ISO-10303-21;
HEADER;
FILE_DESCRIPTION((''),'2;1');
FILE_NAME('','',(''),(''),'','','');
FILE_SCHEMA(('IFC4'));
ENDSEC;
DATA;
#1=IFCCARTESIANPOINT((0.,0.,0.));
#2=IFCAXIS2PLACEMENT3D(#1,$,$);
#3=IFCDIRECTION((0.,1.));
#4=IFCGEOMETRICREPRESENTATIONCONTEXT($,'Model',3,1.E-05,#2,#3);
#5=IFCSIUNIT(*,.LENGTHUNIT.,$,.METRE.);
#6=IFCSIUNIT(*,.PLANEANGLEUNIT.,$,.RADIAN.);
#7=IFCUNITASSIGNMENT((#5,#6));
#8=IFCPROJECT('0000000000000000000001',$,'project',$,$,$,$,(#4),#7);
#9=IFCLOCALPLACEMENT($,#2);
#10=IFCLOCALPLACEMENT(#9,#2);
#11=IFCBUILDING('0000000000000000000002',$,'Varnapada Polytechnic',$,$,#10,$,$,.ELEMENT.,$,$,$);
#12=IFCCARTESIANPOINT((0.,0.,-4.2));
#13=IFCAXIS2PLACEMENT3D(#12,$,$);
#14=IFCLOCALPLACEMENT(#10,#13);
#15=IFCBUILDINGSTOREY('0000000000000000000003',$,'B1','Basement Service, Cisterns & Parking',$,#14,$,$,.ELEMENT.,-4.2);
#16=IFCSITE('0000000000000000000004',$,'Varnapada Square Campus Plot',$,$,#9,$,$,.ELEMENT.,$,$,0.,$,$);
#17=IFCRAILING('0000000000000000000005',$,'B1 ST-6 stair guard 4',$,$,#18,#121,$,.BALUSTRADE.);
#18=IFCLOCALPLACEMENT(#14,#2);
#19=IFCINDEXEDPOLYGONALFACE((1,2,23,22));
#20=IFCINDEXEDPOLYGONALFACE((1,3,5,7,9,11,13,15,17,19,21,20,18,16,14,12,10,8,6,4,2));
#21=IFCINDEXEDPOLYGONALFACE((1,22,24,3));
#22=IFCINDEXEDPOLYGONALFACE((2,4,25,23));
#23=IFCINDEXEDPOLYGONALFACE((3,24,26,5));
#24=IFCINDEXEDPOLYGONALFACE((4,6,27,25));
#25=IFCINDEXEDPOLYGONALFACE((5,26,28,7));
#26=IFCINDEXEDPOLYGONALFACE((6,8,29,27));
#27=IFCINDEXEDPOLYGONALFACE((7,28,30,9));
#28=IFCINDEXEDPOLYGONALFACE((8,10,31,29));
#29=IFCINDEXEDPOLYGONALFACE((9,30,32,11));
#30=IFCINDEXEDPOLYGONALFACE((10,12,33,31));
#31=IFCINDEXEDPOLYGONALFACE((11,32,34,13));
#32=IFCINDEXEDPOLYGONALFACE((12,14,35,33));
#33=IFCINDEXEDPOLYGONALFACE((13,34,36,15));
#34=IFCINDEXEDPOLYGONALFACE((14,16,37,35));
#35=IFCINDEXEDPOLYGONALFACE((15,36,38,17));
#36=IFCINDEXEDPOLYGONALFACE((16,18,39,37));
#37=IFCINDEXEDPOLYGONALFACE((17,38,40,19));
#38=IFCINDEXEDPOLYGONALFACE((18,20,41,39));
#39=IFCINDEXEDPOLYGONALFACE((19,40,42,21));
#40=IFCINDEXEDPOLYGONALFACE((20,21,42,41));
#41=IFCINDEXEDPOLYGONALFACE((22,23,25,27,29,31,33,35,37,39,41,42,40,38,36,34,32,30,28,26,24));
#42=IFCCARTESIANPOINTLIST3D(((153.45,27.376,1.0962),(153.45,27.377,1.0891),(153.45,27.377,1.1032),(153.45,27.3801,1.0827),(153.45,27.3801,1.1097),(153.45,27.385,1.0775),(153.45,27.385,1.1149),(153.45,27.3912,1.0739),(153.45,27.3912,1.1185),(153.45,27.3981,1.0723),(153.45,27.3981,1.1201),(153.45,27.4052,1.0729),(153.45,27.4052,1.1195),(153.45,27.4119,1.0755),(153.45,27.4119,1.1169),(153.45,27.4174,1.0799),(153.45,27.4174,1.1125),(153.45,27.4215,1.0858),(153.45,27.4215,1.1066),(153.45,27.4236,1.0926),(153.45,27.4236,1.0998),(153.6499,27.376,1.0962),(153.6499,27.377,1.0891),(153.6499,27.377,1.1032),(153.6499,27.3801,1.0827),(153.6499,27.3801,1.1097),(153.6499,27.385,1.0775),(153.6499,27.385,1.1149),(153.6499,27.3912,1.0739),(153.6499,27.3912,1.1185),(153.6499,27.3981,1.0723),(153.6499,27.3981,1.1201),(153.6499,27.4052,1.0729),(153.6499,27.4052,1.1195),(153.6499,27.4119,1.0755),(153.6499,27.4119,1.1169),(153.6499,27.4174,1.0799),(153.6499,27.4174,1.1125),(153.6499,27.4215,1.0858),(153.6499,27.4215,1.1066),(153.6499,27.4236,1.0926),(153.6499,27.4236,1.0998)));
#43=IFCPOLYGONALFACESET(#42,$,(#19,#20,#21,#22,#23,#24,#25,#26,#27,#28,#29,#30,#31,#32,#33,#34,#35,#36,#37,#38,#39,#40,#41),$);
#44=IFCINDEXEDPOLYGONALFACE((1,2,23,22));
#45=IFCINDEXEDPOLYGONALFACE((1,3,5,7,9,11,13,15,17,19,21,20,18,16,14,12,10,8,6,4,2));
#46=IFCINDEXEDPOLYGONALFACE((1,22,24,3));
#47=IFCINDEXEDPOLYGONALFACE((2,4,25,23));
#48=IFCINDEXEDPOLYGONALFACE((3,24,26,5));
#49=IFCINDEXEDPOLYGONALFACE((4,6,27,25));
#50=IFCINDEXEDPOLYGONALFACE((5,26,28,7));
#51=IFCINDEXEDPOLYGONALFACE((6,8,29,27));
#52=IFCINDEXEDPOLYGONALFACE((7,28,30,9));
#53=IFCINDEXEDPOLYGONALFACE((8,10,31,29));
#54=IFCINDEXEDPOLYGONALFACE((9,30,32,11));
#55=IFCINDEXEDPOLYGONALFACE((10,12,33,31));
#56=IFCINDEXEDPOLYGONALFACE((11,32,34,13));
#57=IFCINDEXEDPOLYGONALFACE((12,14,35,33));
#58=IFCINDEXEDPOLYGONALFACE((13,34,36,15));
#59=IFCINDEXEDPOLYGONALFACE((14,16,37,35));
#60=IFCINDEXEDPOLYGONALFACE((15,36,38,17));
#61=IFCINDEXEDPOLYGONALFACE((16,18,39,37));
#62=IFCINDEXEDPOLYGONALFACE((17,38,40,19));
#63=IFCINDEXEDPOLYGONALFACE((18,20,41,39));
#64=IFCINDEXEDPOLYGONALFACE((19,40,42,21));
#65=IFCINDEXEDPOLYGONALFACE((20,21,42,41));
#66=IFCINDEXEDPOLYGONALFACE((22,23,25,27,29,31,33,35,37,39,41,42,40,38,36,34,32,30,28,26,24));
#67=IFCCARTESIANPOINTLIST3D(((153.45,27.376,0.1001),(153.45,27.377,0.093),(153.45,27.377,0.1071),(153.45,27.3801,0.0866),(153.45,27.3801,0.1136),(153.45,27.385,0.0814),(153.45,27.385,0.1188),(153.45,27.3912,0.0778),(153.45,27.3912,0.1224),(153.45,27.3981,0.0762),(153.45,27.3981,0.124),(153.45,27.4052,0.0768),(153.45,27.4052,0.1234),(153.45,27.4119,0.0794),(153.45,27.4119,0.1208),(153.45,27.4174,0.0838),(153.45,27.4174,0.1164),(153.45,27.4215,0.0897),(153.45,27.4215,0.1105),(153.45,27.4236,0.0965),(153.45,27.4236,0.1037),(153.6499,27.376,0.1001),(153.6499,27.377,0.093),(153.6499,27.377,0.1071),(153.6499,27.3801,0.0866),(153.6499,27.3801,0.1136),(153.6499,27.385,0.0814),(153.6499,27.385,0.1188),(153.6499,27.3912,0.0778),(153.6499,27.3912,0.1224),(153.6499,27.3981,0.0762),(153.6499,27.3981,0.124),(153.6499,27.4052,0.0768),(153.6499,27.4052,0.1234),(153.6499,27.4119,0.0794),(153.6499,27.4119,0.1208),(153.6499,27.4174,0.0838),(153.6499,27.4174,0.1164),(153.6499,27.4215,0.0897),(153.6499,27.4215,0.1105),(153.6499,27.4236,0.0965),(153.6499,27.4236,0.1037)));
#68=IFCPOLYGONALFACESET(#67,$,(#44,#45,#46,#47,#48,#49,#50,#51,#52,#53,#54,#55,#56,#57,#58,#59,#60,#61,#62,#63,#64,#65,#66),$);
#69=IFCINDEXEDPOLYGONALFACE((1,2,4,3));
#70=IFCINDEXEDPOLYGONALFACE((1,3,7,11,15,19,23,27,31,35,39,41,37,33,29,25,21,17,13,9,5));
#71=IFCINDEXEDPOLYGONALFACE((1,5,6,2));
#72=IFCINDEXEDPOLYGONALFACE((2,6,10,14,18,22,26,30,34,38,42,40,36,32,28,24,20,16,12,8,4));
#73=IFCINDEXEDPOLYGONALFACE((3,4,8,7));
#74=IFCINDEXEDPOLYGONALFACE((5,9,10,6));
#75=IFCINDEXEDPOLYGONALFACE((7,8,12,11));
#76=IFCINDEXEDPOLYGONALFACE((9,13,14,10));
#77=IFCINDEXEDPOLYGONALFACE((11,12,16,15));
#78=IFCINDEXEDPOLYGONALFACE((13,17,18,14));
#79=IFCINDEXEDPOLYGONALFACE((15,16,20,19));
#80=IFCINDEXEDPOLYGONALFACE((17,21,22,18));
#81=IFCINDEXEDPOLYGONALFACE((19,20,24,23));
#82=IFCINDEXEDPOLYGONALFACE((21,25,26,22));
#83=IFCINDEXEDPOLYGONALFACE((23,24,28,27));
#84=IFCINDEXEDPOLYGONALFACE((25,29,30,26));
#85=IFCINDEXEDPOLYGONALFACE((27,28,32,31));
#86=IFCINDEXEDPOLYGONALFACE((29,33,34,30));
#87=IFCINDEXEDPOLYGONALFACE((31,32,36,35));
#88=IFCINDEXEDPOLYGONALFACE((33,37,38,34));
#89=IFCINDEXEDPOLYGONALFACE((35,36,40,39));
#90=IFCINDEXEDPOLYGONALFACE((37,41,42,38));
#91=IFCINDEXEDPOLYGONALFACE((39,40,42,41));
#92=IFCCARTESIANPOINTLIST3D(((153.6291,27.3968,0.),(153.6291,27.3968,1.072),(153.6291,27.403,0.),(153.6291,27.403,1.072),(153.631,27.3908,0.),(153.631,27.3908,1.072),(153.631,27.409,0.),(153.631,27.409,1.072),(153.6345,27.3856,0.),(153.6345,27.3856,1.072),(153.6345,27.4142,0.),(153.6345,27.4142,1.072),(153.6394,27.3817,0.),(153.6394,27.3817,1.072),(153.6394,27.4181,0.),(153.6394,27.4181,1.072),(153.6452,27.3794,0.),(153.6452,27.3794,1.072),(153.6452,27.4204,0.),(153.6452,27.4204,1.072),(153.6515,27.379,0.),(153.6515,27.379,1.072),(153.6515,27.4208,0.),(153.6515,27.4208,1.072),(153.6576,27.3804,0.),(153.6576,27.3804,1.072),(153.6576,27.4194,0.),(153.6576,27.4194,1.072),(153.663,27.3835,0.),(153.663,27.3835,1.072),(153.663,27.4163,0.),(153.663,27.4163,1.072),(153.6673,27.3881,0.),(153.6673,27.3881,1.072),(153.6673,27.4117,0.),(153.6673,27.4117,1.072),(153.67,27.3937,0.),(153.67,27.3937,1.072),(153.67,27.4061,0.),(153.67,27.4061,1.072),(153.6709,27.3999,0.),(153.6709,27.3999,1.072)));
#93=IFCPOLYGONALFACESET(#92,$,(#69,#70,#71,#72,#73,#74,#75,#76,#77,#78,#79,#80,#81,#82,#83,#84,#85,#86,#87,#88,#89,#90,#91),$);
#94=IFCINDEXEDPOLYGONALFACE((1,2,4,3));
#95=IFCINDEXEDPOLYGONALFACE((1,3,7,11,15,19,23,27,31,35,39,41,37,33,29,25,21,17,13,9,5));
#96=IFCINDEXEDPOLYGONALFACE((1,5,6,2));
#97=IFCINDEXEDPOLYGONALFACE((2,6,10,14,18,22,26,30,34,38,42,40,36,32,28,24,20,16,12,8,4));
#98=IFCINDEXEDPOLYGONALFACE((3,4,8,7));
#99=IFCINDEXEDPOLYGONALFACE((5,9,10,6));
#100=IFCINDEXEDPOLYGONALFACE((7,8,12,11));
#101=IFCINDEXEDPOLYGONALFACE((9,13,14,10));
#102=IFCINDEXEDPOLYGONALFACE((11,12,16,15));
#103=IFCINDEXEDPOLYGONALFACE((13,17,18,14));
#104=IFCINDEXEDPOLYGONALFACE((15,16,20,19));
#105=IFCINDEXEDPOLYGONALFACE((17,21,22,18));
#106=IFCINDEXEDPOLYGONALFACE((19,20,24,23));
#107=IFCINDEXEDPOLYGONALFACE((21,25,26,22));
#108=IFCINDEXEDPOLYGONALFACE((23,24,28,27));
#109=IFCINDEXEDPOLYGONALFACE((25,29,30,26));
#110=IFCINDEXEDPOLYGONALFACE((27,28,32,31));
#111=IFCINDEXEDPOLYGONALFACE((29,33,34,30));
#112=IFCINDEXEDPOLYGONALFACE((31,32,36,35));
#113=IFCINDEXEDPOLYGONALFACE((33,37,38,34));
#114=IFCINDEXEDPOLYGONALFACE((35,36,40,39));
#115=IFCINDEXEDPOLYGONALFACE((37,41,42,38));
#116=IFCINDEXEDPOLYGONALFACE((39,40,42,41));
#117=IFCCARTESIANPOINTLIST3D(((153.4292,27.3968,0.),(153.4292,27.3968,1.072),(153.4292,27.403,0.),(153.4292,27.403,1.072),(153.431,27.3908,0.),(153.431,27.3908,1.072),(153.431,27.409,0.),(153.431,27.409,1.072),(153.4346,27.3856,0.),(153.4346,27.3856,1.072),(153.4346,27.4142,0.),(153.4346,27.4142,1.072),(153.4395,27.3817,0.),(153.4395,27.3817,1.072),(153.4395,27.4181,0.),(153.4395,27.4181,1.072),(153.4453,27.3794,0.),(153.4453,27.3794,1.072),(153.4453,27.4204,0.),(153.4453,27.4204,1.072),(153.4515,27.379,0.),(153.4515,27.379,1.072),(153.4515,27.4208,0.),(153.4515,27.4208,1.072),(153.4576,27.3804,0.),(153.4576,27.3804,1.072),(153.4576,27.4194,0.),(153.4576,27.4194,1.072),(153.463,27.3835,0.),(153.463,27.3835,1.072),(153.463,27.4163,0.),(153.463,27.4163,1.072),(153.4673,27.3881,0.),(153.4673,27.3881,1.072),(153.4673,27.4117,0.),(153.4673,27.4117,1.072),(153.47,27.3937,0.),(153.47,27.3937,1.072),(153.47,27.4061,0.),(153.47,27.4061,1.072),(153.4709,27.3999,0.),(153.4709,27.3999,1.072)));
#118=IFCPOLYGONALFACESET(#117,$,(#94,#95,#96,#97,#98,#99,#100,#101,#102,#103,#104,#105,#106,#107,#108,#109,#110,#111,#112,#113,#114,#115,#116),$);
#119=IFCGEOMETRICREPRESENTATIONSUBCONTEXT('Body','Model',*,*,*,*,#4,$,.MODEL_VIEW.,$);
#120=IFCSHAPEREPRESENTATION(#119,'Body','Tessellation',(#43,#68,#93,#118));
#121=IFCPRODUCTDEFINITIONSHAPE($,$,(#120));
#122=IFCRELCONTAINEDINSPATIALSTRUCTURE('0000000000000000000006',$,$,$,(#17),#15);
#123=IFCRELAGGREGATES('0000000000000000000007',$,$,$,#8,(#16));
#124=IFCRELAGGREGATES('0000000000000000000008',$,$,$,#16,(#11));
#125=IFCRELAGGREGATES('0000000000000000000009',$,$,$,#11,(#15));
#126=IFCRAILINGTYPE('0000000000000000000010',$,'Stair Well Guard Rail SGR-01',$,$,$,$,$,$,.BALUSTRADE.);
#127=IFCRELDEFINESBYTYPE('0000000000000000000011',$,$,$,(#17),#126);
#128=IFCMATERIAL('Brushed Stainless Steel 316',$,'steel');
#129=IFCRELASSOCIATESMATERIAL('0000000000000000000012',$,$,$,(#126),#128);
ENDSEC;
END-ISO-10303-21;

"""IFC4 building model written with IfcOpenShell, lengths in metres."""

from ifc_helpers import new_model, si_unit, direction, frame, origin, origin_2d, place, context, subcontext, project, spatial, circle, extrude, material, type_object, element, save


model = new_model("IFC4")

# Units and contexts
model_context = context("Model", 3, precision=1e-05, world=origin(), true_north=direction((0.0, 1.0)))
body_context = subcontext(model_context, "Body", "Model", "MODEL_VIEW")
ifc_project = project(units=[si_unit("LENGTHUNIT", "METRE"), si_unit("PLANEANGLEUNIT", "RADIAN")], contexts=[model_context])

# Site, building, storey
site_placement = place(None, origin())
site = spatial("IfcSite", under=ifc_project, at=site_placement, Name="Varnapada Square Campus Plot", CompositionType="ELEMENT", RefElevation=0.0)
building_placement = place(site_placement, origin())
building = spatial("IfcBuilding", under=site, at=building_placement, Name="Varnapada Polytechnic", CompositionType="ELEMENT")
storey_placement = place(building_placement, frame((0.0, 0.0, -4.2)))
storey = spatial("IfcBuildingStorey", under=building, at=storey_placement, Name="B1", Description="Basement Service, Cisterns & Parking", CompositionType="ELEMENT", Elevation=-4.2)

# Shared definitions
ifc_material_1 = material(Name="Brushed Stainless Steel 316", Category="steel")

# Railing
railing_type_1 = type_object("IfcRailingType", Name="Stair Well Guard Rail SGR-01", PredefinedType="BALUSTRADE", material=ifc_material_1)
railing_1_placement = place(storey_placement, frame((153.6499, 27.3999, 0.0)))
element("IfcRailing", 1, at=railing_1_placement, inside=storey, type_object=railing_type_1, Name="B1 ST-6 stair guard 4", PredefinedType="BALUSTRADE", context=body_context, shape_type="SweptSolid", body=[
    extrude(circle(Radius=0.0239, at=origin_2d()), frame((0.0, 0.0, 1.0962), z_axis=(-1.0, 0.0, 0.0), x_axis=(0.0, -1.0, 0.0)), (0.0, 0.0, 1.0), 0.2),
    extrude(circle(Radius=0.0239, at=origin_2d()), frame((0.0, 0.0, 0.1001), z_axis=(-1.0, 0.0, 0.0), x_axis=(0.0, -1.0, 0.0)), (0.0, 0.0, 1.0), 0.2),
    extrude(circle(Radius=0.021, at=origin_2d()), origin(), (0.0, 0.0, 1.0), 1.072),
    extrude(circle(Radius=0.021, at=origin_2d()), frame((-0.2, 0.0, 0.0)), (0.0, 0.0, 1.0), 1.072),
])

save(model, "model.ifc")
